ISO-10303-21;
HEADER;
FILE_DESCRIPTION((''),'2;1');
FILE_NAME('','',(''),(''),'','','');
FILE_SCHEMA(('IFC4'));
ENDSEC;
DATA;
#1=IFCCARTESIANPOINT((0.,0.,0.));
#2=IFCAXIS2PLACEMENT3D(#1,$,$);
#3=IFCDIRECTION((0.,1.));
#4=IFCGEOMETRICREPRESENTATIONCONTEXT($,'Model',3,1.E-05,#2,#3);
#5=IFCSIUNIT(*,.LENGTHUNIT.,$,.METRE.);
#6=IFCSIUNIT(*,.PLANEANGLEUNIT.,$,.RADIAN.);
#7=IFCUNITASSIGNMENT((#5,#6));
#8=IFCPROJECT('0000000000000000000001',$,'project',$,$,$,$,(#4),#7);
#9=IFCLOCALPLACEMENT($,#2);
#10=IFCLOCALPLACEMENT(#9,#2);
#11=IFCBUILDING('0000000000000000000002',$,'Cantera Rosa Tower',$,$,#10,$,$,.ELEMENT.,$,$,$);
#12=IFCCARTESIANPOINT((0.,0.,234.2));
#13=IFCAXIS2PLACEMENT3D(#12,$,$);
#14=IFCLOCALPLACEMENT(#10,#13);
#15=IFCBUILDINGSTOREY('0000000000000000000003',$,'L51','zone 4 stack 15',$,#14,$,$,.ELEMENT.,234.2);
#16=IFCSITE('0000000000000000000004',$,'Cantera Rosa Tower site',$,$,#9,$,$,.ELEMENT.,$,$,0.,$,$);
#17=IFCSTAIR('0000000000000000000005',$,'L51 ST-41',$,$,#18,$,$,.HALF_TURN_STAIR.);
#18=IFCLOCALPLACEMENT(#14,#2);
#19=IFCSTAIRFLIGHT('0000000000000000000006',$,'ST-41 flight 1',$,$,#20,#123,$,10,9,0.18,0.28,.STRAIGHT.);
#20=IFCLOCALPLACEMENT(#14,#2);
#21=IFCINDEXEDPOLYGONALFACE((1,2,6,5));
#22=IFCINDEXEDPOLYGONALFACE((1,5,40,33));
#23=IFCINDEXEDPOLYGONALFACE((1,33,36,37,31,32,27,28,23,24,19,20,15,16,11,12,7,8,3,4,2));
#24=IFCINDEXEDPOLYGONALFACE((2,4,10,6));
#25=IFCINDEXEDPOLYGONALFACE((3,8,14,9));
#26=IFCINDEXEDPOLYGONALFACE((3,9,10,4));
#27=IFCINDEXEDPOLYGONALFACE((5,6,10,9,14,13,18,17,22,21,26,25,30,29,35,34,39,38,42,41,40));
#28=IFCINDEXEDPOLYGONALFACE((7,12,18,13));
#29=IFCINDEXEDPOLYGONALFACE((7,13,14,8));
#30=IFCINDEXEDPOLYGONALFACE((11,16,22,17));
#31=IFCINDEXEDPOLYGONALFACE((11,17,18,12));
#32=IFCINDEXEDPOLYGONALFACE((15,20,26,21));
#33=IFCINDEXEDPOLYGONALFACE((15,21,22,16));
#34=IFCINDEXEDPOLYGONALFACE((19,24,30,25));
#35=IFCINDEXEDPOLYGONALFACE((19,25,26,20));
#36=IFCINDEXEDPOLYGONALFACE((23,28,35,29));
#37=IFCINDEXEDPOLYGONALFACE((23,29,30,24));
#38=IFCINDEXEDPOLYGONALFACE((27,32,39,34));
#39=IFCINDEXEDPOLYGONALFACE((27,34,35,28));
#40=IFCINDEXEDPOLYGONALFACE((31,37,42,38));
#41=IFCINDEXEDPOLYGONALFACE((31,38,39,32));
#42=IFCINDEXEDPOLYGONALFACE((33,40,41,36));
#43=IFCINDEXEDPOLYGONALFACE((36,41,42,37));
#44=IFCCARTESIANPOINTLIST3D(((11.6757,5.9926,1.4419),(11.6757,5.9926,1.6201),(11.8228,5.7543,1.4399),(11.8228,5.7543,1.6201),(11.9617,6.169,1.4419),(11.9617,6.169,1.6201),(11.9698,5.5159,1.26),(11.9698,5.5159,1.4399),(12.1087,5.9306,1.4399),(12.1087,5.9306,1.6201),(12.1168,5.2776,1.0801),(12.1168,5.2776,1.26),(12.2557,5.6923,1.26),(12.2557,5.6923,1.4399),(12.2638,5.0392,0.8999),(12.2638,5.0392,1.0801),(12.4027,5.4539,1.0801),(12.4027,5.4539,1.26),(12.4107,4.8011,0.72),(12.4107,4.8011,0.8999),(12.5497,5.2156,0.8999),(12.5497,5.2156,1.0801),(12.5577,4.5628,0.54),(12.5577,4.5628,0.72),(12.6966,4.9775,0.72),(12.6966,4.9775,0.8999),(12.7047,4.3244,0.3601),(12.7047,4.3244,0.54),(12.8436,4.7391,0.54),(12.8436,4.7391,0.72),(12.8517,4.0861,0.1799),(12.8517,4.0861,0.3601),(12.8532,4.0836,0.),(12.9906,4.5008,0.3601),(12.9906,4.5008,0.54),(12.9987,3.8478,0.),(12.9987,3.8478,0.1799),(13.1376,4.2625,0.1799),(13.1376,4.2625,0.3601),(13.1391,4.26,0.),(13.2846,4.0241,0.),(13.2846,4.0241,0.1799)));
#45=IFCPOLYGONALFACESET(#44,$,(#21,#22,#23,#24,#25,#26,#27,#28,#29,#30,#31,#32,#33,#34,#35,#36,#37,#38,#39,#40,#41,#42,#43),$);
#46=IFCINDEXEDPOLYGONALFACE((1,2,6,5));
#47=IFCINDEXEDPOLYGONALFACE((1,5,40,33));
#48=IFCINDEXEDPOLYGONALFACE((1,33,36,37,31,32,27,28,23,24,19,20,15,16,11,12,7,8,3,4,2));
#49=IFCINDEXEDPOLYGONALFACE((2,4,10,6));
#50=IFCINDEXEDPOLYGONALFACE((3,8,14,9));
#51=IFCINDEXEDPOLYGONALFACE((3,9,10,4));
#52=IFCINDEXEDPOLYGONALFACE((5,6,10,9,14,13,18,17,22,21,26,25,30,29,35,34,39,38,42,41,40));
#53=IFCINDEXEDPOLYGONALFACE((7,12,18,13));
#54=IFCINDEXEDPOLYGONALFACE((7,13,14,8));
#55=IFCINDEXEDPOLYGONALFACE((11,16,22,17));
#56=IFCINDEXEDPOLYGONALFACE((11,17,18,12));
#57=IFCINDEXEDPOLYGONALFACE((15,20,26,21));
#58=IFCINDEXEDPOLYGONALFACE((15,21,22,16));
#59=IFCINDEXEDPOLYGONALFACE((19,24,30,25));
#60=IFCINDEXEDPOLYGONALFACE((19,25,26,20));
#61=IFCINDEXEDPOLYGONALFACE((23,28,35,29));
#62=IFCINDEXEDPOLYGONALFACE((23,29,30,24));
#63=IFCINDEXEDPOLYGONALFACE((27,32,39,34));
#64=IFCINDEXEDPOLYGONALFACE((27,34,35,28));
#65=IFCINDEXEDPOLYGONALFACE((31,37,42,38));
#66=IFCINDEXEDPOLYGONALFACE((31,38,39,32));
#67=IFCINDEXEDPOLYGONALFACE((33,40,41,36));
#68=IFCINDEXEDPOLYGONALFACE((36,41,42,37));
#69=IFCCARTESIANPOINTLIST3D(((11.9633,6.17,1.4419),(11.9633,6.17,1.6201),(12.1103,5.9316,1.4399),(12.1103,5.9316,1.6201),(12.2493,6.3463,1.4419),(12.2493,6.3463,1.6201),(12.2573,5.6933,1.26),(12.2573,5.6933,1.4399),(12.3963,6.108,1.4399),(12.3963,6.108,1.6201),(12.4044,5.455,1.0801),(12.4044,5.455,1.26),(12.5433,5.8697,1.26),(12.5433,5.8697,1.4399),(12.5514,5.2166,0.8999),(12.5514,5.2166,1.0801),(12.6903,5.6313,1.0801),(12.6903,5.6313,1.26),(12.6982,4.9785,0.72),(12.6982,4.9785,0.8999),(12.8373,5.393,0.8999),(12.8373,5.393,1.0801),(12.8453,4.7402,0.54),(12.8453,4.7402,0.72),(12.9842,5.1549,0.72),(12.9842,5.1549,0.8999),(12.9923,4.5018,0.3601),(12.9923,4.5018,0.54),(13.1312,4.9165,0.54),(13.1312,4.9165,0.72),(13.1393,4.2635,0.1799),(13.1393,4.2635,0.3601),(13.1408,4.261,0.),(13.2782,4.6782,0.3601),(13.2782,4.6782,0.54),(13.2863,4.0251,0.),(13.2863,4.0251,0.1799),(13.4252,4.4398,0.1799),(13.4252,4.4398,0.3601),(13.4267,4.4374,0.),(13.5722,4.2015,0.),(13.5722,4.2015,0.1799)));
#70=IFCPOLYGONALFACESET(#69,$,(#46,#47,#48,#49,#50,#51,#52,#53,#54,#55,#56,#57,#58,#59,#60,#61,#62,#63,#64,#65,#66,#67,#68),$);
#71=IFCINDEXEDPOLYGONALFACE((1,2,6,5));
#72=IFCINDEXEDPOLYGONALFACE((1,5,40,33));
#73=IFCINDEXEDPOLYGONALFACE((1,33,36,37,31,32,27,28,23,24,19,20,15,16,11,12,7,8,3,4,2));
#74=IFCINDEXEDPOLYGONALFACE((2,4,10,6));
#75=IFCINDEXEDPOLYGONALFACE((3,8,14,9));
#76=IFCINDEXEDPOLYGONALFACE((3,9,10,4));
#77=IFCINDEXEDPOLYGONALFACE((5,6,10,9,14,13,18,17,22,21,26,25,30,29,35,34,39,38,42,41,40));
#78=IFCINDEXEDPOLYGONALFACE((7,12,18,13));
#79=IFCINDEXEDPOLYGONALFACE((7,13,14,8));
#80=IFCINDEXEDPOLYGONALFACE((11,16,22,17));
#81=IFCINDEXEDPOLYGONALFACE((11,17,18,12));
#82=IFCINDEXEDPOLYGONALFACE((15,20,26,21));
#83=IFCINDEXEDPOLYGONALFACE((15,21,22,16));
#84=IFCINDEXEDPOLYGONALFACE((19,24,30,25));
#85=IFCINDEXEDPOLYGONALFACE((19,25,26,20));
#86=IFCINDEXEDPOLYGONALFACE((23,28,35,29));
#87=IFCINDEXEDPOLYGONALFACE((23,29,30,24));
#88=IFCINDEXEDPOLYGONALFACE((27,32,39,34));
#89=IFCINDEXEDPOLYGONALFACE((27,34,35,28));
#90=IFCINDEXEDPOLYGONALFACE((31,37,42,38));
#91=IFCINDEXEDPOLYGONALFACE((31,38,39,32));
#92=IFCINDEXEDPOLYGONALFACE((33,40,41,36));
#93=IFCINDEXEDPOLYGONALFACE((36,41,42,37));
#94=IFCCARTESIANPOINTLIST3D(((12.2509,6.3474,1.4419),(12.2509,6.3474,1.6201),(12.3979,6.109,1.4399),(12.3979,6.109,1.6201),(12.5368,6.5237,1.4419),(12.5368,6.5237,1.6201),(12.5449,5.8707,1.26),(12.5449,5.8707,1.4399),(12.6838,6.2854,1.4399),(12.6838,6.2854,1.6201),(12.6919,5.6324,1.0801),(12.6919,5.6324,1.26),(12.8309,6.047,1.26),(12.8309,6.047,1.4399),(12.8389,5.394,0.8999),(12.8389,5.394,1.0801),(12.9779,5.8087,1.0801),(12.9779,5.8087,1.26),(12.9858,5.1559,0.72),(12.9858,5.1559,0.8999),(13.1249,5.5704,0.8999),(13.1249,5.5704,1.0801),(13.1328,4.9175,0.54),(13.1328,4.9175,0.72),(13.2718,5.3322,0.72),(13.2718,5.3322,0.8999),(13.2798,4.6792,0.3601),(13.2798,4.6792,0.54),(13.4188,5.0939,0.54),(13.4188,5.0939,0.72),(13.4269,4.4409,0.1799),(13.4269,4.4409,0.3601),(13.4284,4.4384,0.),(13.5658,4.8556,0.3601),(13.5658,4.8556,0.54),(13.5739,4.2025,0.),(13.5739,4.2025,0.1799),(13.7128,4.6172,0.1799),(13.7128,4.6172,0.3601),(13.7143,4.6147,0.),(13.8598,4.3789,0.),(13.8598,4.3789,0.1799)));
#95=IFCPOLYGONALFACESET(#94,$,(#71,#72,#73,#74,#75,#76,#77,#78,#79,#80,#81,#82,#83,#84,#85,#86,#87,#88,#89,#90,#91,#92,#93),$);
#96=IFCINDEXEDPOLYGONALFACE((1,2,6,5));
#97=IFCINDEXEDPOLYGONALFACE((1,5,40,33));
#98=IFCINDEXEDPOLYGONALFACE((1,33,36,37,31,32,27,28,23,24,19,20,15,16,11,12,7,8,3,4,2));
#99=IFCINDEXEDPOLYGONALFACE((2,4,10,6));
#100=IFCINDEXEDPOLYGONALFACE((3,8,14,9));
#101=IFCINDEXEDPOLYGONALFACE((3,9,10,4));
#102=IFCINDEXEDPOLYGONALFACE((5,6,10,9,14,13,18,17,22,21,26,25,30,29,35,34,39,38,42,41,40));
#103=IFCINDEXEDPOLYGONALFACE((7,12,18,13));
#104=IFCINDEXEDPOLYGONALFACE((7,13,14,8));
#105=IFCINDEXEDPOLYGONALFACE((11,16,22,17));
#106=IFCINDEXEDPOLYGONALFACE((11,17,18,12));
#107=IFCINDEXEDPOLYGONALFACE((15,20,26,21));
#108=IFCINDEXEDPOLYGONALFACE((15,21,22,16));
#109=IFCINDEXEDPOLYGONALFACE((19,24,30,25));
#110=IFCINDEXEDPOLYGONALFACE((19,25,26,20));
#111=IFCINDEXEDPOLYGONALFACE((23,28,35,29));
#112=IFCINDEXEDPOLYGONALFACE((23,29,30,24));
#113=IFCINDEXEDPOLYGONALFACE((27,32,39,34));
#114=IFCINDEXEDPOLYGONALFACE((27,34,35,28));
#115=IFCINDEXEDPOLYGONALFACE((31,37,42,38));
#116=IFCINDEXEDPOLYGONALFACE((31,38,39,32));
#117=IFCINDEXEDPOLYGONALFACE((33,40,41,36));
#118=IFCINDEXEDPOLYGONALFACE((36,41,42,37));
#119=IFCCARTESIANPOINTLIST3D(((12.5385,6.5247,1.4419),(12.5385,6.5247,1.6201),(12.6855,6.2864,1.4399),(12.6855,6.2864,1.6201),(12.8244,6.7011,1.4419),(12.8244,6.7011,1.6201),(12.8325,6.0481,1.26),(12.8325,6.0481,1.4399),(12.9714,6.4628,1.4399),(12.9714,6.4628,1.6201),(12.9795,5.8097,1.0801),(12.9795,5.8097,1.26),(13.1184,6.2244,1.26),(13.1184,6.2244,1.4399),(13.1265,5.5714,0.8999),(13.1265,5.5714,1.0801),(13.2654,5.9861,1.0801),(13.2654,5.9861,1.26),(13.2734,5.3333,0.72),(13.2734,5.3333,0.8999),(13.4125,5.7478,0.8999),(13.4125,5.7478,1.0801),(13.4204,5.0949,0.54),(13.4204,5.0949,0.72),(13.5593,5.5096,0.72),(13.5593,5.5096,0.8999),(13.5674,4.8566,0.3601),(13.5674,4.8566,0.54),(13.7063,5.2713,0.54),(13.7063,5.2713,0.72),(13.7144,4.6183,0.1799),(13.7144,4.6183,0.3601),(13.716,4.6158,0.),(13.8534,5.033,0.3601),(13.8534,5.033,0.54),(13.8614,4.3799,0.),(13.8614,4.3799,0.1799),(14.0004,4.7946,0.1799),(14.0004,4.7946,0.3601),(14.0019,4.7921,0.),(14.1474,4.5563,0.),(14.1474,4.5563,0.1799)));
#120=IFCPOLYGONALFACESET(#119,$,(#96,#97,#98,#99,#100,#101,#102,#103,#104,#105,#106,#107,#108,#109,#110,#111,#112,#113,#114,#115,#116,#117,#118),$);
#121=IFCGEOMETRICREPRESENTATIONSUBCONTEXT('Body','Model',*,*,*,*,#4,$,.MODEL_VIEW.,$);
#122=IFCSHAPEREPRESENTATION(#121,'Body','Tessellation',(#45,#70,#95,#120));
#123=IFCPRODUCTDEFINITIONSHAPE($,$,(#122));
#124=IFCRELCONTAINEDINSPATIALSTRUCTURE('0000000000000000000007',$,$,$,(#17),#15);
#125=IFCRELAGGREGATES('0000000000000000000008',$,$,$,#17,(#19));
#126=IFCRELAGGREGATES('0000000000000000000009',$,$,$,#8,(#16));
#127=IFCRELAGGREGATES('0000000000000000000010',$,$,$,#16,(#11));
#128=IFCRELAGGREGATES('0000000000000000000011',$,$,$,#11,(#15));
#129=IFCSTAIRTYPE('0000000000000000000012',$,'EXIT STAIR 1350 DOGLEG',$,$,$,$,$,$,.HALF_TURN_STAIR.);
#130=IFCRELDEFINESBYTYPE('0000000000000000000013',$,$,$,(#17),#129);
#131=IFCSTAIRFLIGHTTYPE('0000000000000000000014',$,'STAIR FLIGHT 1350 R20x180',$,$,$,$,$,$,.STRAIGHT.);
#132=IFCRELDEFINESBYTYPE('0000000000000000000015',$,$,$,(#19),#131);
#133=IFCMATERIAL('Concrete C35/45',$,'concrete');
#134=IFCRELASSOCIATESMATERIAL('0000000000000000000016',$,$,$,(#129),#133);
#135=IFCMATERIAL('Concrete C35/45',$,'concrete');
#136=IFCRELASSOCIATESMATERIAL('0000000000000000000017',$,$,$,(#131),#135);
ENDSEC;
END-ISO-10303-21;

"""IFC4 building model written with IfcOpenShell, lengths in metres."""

from ifc_helpers import new_model, si_unit, direction, frame, origin, place, context, subcontext, project, spatial, polyline, outline, extrude, material, type_object, element, aggregate, save


model = new_model("IFC4")

# Units and contexts
model_context = context("Model", 3, precision=1e-05, world=origin(), true_north=direction((0.0, 1.0)))
body_context = subcontext(model_context, "Body", "Model", "MODEL_VIEW")
ifc_project = project(units=[si_unit("LENGTHUNIT", "METRE"), si_unit("PLANEANGLEUNIT", "RADIAN")], contexts=[model_context])

# Site, building, storey
site_placement = place(None, origin())
site = spatial("IfcSite", under=ifc_project, at=site_placement, Name="Cantera Rosa Tower site", CompositionType="ELEMENT", RefElevation=0.0)
building_placement = place(site_placement, origin())
building = spatial("IfcBuilding", under=site, at=building_placement, Name="Cantera Rosa Tower", CompositionType="ELEMENT")
storey_placement = place(building_placement, frame((0.0, 0.0, 234.2)))
storey = spatial("IfcBuildingStorey", under=building, at=storey_placement, Name="L51", Description="zone 4 stack 15", CompositionType="ELEMENT", Elevation=234.2)

# Stair, stair flight
ifc_material_1 = material(Name="Concrete C35/45", Category="concrete")
stair_type = type_object("IfcStairType", Name="EXIT STAIR 1350 DOGLEG", PredefinedType="HALF_TURN_STAIR", material=ifc_material_1)
stair_placement = place(storey_placement, origin())
stair = element("IfcStair", 1, at=stair_placement, inside=storey, type_object=stair_type, Name="L51 ST-41", PredefinedType="HALF_TURN_STAIR")
ifc_material_2 = material(Name="Concrete C35/45", Category="concrete")
stair_flight_type = type_object("IfcStairFlightType", Name="STAIR FLIGHT 1350 R20x180", PredefinedType="STRAIGHT", material=ifc_material_2)
stair_flight_placement = place(storey_placement, frame((13.5732, 4.2021, 0.0), z_axis=(0.0, 0.0, 1.0), x_axis=(-0.524977, 0.851117, 0.0)))
stair_flight = element("IfcStairFlight", 2, at=stair_flight_placement, type_object=stair_flight_type, Name="ST-41 flight 1", NumberOfRisers=10, NumberOfTreads=9, PredefinedType="STRAIGHT", RiserHeight=0.18, TreadLength=0.28, context=body_context, shape_type="SweptSolid", body=[
    extrude(outline(polyline([(0.0, 0.0), (0.0, 0.1799), (0.28, 0.1799), (0.28, 0.3601), (0.5601, 0.3601), (0.5601, 0.54), (0.8401, 0.54), (0.8401, 0.72), (1.1201, 0.72), (1.1201, 0.8999), (1.3999, 0.8999), (1.3999, 1.0801), (1.6799, 1.0801), (1.6799, 1.26), (1.96, 1.26), (1.96, 1.4399), (2.24, 1.4399), (2.24, 1.6201), (2.52, 1.6201), (2.52, 1.8), (2.52, 1.4419), (0.2771, 0.0), (0.0, 0.0)])), frame((0.0, 0.675, 0.0), z_axis=(0.0, -1.0, 0.0), x_axis=(1.0, 0.0, 0.0)), (0.0, 0.0, 1.0), 0.3359),
    extrude(outline(polyline([(0.0, 0.0), (0.0, 0.1799), (0.28, 0.1799), (0.28, 0.3601), (0.5601, 0.3601), (0.5601, 0.54), (0.8401, 0.54), (0.8401, 0.72), (1.1201, 0.72), (1.1201, 0.8999), (1.3999, 0.8999), (1.3999, 1.0801), (1.6799, 1.0801), (1.6799, 1.26), (1.96, 1.26), (1.96, 1.4399), (2.24, 1.4399), (2.24, 1.6201), (2.52, 1.6201), (2.52, 1.8), (2.52, 1.4419), (0.2771, 0.0), (0.0, 0.0)])), frame((0.0, 0.3372, 0.0), z_axis=(0.0, -1.0, 0.0), x_axis=(1.0, 0.0, 0.0)), (0.0, 0.0, 1.0), 0.3359),
    extrude(outline(polyline([(0.0, 0.0), (0.0, 0.1799), (0.28, 0.1799), (0.28, 0.3601), (0.5601, 0.3601), (0.5601, 0.54), (0.8401, 0.54), (0.8401, 0.72), (1.1201, 0.72), (1.1201, 0.8999), (1.3999, 0.8999), (1.3999, 1.0801), (1.6799, 1.0801), (1.6799, 1.26), (1.96, 1.26), (1.96, 1.4399), (2.24, 1.4399), (2.24, 1.6201), (2.52, 1.6201), (2.52, 1.8), (2.52, 1.4419), (0.2771, 0.0), (0.0, 0.0)])), frame((0.0, -0.0007, 0.0), z_axis=(0.0, -1.0, 0.0), x_axis=(1.0, 0.0, 0.0)), (0.0, 0.0, 1.0), 0.3359),
    extrude(outline(polyline([(0.0, 0.0), (0.0, 0.1799), (0.28, 0.1799), (0.28, 0.3601), (0.5601, 0.3601), (0.5601, 0.54), (0.8401, 0.54), (0.8401, 0.72), (1.1201, 0.72), (1.1201, 0.8999), (1.3999, 0.8999), (1.3999, 1.0801), (1.6799, 1.0801), (1.6799, 1.26), (1.96, 1.26), (1.96, 1.4399), (2.24, 1.4399), (2.24, 1.6201), (2.52, 1.6201), (2.52, 1.8), (2.52, 1.4419), (0.2771, 0.0), (0.0, 0.0)])), frame((0.0, -0.3386, 0.0), z_axis=(0.0, -1.0, 0.0), x_axis=(1.0, 0.0, 0.0)), (0.0, 0.0, 1.0), 0.3359),
])
aggregate(stair, [stair_flight])

save(model, "model.ifc")
